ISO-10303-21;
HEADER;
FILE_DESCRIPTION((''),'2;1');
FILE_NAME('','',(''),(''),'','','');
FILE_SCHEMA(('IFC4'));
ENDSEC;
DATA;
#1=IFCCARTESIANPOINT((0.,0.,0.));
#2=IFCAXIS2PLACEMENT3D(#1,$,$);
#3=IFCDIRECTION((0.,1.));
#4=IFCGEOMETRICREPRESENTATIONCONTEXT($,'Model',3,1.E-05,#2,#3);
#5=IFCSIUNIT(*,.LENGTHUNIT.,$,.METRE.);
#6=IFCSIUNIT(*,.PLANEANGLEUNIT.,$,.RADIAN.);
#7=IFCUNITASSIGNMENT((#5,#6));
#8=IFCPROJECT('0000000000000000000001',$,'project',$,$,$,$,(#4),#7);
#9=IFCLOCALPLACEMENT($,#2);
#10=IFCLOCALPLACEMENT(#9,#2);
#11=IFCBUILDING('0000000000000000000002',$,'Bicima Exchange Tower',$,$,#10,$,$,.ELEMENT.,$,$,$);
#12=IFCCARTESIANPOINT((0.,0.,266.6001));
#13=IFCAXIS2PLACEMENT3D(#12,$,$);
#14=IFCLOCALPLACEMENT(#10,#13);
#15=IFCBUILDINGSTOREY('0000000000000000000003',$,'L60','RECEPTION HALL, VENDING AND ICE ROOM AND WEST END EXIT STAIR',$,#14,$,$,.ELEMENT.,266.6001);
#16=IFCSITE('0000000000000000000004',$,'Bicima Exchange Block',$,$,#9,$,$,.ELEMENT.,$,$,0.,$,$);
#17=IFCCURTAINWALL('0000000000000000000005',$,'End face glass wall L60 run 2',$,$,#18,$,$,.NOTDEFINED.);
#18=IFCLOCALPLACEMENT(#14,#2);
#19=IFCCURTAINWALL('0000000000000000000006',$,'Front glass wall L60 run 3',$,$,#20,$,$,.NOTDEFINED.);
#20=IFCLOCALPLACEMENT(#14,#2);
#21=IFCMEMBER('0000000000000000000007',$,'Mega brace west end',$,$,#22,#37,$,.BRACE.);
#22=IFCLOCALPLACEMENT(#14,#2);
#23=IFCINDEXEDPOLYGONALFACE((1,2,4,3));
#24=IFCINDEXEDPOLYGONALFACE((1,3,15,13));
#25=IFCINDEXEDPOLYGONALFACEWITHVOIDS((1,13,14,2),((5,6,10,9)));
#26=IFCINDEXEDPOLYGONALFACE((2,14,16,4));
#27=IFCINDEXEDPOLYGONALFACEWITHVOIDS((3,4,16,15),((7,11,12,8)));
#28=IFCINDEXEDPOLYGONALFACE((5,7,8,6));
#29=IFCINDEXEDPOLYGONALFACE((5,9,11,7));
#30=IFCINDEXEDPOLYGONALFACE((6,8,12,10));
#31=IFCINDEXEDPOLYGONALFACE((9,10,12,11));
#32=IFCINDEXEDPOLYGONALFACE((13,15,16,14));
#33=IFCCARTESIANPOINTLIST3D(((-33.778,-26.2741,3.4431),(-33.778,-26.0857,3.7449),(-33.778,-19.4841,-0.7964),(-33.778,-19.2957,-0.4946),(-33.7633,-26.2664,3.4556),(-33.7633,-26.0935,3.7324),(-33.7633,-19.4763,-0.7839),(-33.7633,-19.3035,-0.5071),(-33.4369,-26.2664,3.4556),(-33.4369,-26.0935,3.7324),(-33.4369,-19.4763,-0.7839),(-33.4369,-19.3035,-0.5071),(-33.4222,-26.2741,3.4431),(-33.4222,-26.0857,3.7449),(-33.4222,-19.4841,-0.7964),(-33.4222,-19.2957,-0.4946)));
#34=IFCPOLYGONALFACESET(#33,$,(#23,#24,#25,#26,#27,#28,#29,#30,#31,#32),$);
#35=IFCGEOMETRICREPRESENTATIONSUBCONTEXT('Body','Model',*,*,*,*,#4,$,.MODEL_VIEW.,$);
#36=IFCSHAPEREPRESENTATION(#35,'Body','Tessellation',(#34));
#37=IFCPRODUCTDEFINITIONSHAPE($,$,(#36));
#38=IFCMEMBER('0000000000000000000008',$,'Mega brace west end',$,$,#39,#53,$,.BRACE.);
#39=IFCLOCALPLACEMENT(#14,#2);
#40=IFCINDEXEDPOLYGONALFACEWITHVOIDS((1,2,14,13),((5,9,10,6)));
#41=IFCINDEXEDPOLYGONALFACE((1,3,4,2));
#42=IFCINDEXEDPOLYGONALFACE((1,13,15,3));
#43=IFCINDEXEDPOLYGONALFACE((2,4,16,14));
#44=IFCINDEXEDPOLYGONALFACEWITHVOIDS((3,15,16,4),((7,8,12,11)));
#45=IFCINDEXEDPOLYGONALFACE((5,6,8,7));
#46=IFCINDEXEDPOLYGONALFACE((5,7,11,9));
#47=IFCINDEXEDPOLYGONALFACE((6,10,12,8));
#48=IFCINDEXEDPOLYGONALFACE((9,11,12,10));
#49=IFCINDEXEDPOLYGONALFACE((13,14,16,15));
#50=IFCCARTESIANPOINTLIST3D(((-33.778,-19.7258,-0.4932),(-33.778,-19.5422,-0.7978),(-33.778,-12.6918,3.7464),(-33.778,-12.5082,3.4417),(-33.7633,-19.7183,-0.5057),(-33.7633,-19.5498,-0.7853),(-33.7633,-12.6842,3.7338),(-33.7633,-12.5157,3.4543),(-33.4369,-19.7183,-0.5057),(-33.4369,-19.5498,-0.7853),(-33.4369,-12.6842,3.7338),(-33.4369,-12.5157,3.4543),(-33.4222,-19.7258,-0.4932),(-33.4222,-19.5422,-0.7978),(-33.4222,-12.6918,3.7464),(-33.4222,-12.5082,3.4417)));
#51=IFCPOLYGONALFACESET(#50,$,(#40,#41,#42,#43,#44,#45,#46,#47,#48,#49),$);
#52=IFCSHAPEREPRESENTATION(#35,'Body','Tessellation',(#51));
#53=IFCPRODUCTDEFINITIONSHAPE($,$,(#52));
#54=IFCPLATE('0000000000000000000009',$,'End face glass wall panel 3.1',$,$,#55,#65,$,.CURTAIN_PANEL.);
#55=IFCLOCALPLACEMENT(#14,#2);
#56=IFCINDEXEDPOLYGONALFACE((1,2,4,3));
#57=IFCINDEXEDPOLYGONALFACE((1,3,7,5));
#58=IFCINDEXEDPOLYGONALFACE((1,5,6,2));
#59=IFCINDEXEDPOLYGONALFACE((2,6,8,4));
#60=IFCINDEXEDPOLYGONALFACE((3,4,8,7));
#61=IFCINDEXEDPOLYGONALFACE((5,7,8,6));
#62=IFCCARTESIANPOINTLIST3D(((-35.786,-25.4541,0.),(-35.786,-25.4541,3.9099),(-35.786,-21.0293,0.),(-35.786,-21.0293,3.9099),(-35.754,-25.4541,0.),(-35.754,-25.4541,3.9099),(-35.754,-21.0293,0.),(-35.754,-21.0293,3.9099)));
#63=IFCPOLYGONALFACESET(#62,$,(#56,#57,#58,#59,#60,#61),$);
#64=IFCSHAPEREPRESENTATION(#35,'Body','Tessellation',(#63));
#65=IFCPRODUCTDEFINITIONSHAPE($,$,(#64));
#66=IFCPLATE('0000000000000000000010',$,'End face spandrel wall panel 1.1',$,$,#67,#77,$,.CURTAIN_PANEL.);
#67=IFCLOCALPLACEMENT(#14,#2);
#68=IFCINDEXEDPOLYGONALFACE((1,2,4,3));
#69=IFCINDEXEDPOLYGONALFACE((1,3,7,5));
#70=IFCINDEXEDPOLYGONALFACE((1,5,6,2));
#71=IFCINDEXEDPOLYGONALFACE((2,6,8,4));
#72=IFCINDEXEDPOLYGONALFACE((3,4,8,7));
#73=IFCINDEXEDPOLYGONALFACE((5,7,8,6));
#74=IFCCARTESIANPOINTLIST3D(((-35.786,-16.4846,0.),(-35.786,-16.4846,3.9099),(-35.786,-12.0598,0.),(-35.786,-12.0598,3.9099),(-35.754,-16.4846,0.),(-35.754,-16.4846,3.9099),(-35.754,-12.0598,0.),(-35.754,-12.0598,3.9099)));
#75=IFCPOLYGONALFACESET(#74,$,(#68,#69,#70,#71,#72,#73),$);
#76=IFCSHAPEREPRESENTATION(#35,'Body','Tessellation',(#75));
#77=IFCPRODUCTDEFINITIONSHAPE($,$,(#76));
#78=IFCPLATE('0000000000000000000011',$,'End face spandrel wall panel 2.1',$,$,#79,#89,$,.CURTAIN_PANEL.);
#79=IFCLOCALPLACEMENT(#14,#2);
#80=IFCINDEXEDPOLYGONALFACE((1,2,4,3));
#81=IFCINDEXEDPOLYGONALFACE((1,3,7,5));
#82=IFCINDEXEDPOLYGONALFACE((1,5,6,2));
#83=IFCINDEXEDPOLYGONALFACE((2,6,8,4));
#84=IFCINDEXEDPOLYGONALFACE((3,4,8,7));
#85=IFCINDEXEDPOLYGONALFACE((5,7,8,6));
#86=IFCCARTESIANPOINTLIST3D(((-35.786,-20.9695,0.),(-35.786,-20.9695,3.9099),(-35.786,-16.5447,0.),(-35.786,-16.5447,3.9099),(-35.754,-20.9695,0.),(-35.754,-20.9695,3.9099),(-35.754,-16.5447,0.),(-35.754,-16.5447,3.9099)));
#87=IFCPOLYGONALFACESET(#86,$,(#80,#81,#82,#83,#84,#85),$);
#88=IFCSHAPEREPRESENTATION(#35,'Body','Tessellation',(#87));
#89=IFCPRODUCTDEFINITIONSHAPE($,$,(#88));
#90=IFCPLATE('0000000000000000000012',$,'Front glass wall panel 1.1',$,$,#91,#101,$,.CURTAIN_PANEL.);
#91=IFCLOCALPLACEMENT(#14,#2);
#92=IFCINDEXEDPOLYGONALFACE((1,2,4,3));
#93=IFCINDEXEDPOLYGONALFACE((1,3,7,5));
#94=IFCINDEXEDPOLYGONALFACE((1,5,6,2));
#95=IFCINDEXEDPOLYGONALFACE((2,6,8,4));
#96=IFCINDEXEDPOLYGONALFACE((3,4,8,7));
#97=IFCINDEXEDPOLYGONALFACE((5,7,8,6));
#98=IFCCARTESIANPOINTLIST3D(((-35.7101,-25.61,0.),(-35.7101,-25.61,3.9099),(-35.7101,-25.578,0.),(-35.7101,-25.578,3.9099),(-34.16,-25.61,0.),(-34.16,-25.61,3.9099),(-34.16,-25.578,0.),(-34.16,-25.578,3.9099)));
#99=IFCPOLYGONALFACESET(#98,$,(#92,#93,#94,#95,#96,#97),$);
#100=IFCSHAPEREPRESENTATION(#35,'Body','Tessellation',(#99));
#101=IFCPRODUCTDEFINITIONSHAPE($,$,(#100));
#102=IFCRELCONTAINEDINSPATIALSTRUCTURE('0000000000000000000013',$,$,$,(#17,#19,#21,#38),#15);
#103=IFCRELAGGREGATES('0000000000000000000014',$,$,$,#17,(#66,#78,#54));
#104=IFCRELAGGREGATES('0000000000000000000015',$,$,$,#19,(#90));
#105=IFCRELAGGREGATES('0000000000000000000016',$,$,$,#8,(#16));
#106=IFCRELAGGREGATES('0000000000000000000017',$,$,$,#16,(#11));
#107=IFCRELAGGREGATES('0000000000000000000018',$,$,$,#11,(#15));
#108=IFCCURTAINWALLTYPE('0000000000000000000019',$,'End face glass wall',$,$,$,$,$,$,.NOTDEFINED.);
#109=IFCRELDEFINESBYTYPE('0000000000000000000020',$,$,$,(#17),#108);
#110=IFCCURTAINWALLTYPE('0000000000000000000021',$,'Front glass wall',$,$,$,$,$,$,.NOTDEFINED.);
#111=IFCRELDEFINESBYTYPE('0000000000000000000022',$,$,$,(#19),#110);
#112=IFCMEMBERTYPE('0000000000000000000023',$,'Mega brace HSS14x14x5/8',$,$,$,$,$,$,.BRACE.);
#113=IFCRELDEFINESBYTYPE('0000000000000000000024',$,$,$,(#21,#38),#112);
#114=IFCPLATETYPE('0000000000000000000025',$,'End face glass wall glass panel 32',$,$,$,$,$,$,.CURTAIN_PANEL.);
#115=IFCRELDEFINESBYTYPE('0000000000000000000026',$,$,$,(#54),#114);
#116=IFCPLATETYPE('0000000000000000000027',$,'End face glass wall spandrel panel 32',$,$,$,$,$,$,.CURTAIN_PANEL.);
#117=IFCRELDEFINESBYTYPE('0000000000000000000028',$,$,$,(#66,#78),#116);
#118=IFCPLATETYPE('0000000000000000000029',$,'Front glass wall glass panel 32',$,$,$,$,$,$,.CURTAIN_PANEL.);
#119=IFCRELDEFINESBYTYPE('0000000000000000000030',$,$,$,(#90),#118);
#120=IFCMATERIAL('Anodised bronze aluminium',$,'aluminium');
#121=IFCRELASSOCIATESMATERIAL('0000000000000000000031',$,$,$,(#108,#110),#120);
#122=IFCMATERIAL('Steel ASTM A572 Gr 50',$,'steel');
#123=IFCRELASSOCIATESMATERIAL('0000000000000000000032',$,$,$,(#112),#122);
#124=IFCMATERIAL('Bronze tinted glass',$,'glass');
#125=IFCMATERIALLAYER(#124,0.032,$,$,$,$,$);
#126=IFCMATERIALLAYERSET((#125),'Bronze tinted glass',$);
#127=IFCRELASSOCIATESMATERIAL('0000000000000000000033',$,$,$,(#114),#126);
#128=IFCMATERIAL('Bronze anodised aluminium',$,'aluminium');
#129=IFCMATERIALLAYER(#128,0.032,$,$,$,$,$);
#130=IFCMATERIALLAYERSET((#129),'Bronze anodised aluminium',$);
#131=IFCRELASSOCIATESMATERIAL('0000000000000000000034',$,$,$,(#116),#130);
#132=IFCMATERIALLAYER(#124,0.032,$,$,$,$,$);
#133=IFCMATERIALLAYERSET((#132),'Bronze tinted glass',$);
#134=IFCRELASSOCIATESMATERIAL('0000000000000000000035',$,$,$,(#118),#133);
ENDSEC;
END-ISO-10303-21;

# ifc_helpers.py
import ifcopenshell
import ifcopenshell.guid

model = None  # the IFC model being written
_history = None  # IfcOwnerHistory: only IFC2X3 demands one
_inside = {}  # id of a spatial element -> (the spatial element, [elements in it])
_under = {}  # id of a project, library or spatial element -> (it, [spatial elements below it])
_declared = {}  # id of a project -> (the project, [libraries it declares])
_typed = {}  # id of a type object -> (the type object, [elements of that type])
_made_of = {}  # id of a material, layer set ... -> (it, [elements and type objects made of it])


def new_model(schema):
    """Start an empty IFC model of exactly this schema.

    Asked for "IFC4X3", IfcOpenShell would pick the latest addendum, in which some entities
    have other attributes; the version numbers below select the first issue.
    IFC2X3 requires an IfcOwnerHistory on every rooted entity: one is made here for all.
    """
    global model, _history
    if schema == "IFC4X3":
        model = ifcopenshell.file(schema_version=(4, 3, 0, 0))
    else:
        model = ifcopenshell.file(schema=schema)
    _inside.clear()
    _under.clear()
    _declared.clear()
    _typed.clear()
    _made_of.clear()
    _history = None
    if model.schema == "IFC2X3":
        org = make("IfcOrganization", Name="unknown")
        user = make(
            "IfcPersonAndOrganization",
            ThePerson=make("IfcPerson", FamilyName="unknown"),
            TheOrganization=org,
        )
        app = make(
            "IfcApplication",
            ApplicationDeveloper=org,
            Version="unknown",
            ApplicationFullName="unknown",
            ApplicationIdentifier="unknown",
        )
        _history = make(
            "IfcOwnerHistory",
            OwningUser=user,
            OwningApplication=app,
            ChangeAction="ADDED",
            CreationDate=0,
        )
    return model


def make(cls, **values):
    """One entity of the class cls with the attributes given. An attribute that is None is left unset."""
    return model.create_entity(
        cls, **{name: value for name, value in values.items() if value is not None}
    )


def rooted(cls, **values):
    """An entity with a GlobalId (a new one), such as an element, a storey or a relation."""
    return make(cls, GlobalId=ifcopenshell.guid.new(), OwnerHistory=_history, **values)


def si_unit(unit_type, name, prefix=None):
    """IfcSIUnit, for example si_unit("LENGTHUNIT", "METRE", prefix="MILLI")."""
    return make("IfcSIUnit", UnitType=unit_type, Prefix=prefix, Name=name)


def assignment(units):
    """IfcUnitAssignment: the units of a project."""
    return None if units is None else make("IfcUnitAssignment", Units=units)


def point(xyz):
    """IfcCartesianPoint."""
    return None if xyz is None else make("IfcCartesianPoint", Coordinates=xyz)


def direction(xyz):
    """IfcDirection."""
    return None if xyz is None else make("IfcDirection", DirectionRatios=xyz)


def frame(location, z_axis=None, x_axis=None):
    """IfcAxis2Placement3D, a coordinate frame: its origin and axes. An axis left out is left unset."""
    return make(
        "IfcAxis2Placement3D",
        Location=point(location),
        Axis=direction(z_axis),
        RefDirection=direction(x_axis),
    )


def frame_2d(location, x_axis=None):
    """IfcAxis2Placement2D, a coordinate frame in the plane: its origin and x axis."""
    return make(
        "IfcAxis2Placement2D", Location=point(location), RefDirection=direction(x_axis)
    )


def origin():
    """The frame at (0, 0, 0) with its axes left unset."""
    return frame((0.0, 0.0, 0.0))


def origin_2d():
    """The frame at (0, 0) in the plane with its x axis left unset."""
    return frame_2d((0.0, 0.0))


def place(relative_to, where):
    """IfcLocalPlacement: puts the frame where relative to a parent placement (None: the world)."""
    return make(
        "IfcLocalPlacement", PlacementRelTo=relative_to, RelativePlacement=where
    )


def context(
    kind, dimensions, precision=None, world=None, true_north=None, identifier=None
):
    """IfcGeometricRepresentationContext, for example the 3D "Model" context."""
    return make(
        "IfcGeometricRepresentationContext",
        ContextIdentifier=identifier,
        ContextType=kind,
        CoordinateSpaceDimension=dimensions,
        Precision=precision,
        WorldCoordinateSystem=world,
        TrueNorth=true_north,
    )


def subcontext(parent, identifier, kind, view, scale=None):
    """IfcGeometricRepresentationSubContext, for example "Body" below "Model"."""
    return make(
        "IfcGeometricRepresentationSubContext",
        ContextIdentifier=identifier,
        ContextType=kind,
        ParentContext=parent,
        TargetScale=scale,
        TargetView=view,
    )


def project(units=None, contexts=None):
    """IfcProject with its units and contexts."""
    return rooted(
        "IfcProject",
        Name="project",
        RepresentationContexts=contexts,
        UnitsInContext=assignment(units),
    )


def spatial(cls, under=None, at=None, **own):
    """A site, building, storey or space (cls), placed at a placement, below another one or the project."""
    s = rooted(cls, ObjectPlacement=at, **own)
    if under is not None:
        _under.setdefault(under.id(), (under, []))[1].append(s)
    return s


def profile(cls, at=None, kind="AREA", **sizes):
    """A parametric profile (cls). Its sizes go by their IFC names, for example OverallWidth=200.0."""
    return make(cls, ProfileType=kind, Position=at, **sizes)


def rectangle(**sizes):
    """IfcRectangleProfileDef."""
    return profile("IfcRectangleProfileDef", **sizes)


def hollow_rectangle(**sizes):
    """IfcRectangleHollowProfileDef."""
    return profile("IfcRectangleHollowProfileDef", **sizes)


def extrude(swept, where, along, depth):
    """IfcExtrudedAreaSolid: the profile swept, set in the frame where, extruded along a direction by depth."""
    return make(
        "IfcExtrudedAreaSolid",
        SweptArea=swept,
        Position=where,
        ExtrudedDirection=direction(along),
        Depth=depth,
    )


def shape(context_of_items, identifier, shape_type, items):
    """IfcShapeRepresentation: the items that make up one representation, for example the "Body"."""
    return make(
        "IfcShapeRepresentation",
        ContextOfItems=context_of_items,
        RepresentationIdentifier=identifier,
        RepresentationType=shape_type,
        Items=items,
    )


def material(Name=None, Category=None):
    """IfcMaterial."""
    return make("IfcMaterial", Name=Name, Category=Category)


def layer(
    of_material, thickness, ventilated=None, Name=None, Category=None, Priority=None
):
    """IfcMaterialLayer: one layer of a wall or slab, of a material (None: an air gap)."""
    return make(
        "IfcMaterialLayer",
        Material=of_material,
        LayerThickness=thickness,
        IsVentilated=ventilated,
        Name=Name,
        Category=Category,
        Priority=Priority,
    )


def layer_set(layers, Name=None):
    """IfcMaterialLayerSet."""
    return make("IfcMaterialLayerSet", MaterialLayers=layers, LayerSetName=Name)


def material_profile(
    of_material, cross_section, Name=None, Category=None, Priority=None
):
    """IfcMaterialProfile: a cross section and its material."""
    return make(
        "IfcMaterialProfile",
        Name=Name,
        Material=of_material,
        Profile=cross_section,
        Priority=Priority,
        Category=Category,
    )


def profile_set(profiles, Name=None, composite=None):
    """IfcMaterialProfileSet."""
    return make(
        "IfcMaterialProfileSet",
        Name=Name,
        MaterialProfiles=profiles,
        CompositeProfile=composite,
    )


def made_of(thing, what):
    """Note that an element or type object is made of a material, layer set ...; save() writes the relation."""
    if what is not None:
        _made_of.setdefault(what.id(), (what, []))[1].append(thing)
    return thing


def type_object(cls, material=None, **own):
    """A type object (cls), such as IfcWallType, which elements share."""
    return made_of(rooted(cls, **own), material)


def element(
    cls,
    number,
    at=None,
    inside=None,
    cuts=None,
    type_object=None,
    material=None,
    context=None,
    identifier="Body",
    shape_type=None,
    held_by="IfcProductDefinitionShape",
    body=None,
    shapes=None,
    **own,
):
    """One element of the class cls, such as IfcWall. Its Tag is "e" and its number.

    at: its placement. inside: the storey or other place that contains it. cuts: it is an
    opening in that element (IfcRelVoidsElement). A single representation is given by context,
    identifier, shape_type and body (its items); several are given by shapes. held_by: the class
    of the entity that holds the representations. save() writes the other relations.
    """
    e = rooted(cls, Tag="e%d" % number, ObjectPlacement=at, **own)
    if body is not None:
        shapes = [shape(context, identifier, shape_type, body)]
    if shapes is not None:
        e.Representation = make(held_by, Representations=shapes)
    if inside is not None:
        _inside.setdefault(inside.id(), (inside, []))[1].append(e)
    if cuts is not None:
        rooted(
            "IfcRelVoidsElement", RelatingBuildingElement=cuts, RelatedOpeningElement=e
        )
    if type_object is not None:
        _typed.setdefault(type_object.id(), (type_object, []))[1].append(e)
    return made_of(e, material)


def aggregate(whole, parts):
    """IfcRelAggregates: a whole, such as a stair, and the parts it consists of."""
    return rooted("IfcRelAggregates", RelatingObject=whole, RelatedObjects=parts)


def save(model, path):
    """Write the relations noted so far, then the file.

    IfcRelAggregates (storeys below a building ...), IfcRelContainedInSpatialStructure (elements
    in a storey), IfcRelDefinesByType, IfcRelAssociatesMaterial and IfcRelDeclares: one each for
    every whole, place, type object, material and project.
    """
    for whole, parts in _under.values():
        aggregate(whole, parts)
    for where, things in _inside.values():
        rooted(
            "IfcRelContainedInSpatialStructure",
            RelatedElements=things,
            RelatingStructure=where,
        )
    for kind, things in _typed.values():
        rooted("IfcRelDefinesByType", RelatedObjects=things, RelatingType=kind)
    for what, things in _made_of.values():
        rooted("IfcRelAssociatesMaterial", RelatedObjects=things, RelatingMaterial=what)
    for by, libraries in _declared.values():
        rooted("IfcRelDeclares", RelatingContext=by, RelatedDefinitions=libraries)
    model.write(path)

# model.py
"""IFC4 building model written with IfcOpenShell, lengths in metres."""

from ifc_helpers import new_model, si_unit, direction, frame, origin, origin_2d, place, context, subcontext, project, spatial, rectangle, hollow_rectangle, extrude, material, layer, layer_set, material_profile, profile_set, type_object, element, aggregate, save


model = new_model("IFC4")

# Units and contexts
model_context = context("Model", 3, precision=1e-05, world=origin(), true_north=direction((0.0, 1.0)))
body_context = subcontext(model_context, "Body", "Model", "MODEL_VIEW")
ifc_project = project(units=[si_unit("LENGTHUNIT", "METRE"), si_unit("PLANEANGLEUNIT", "RADIAN")], contexts=[model_context])

# Site, building, storey
site_placement = place(None, origin())
site = spatial("IfcSite", under=ifc_project, at=site_placement, Name="Bicima Exchange Block", CompositionType="ELEMENT", RefElevation=0.0)
building_placement = place(site_placement, origin())
building = spatial("IfcBuilding", under=site, at=building_placement, Name="Bicima Exchange Tower", CompositionType="ELEMENT")
storey_placement = place(building_placement, frame((0.0, 0.0, 266.6001)))
storey = spatial("IfcBuildingStorey", under=building, at=storey_placement, Name="L60", Description="RECEPTION HALL, VENDING AND ICE ROOM AND WEST END EXIT STAIR", CompositionType="ELEMENT", Elevation=266.6001)

# Shared definitions
ifc_material_1 = material(Name="Steel ASTM A572 Gr 50", Category="steel")

# Curtain wall
ifc_material_2 = material(Name="Anodised bronze aluminium", Category="aluminium")
curtain_wall_type_1 = type_object("IfcCurtainWallType", Name="End face glass wall", PredefinedType="NOTDEFINED", material=ifc_material_2)
curtain_wall_1_placement = place(storey_placement, origin())
curtain_wall_1 = element("IfcCurtainWall", 1, at=curtain_wall_1_placement, inside=storey, type_object=curtain_wall_type_1, Name="End face glass wall L60 run 2", PredefinedType="NOTDEFINED")

# Curtain wall
curtain_wall_type_2 = type_object("IfcCurtainWallType", Name="Front glass wall", PredefinedType="NOTDEFINED", material=ifc_material_2)
curtain_wall_2_placement = place(storey_placement, origin())
curtain_wall_2 = element("IfcCurtainWall", 2, at=curtain_wall_2_placement, inside=storey, type_object=curtain_wall_type_2, Name="Front glass wall L60 run 3", PredefinedType="NOTDEFINED")

# Members
ifc_material_profile_1 = material_profile(ifc_material_1, hollow_rectangle(XDim=0.3557, YDim=0.3557, WallThickness=0.0146, at=origin_2d()))
ifc_profile_set_1 = profile_set([ifc_material_profile_1], Name="Steel ASTM A572 Gr 50")
member_type_1 = type_object("IfcMemberType", Name="Mega brace HSS14x14x5/8", PredefinedType="BRACE", material=ifc_profile_set_1)
member_1_placement = place(storey_placement, frame((-33.6001, -19.3899, -0.6455), z_axis=(0.0, -0.848238, 0.529615), x_axis=(1.0, 0.0, 0.0)))
element("IfcMember", 3, at=member_1_placement, inside=storey, type_object=member_type_1, Name="Mega brace west end", PredefinedType="BRACE", context=body_context, shape_type="SweptSolid", body=[
    extrude(hollow_rectangle(XDim=0.3557, YDim=0.3557, WallThickness=0.0146, at=origin_2d()), origin(), (0.0, 0.0, 1.0), 8.0049),
])
member_2_placement = place(storey_placement, frame((-33.6001, -19.634, -0.6455), z_axis=(0.0, 0.856463, 0.516208), x_axis=(-1.0, 0.0, 0.0)))
element("IfcMember", 4, at=member_2_placement, inside=storey, type_object=member_type_1, Name="Mega brace west end", PredefinedType="BRACE", context=body_context, shape_type="SweptSolid", body=[
    extrude(hollow_rectangle(XDim=0.3557, YDim=0.3557, WallThickness=0.0146, at=origin_2d()), origin(), (0.0, 0.0, 1.0), 8.2129),
])

# Plates
ifc_material_3 = material(Name="Bronze tinted glass", Category="glass")
ifc_layer_1 = layer(ifc_material_3, 0.032)
ifc_layer_set_1 = layer_set([ifc_layer_1], Name="Bronze tinted glass")
plate_type_1 = type_object("IfcPlateType", Name="End face glass wall glass panel 32", PredefinedType="CURTAIN_PANEL", material=ifc_layer_set_1)
plate_1_placement = place(storey_placement, frame((-35.77, -23.2417, 0.0), z_axis=(0.0, 0.0, 1.0), x_axis=(0.0, -1.0, 0.0)))
plate_1 = element("IfcPlate", 5, at=plate_1_placement, type_object=plate_type_1, Name="End face glass wall panel 3.1", PredefinedType="CURTAIN_PANEL", context=body_context, shape_type="SweptSolid", body=[
    extrude(rectangle(XDim=4.4248, YDim=0.032, at=origin_2d()), origin(), (0.0, 0.0, 1.0), 3.9099),
])
ifc_material_4 = material(Name="Bronze anodised aluminium", Category="aluminium")
ifc_layer_2 = layer(ifc_material_4, 0.032)
ifc_layer_set_2 = layer_set([ifc_layer_2], Name="Bronze anodised aluminium")
plate_type_2 = type_object("IfcPlateType", Name="End face glass wall spandrel panel 32", PredefinedType="CURTAIN_PANEL", material=ifc_layer_set_2)
plate_2_placement = place(storey_placement, frame((-35.77, -14.2722, 0.0), z_axis=(0.0, 0.0, 1.0), x_axis=(0.0, -1.0, 0.0)))
plate_2 = element("IfcPlate", 6, at=plate_2_placement, type_object=plate_type_2, Name="End face spandrel wall panel 1.1", PredefinedType="CURTAIN_PANEL", context=body_context, shape_type="SweptSolid", body=[
    extrude(rectangle(XDim=4.4248, YDim=0.032, at=origin_2d()), origin(), (0.0, 0.0, 1.0), 3.9099),
])
plate_3_placement = place(storey_placement, frame((-35.77, -18.7571, 0.0), z_axis=(0.0, 0.0, 1.0), x_axis=(0.0, -1.0, 0.0)))
plate_3 = element("IfcPlate", 7, at=plate_3_placement, type_object=plate_type_2, Name="End face spandrel wall panel 2.1", PredefinedType="CURTAIN_PANEL", context=body_context, shape_type="SweptSolid", body=[
    extrude(rectangle(XDim=4.4248, YDim=0.032, at=origin_2d()), origin(), (0.0, 0.0, 1.0), 3.9099),
])
aggregate(curtain_wall_1, [plate_2, plate_3, plate_1])
ifc_layer_3 = layer(ifc_material_3, 0.032)
ifc_layer_set_3 = layer_set([ifc_layer_3], Name="Bronze tinted glass")
plate_type_3 = type_object("IfcPlateType", Name="Front glass wall glass panel 32", PredefinedType="CURTAIN_PANEL", material=ifc_layer_set_3)
plate_4_placement = place(storey_placement, frame((-34.9351, -25.594, 0.0), z_axis=(0.0, 0.0, 1.0), x_axis=(1.0, 0.0, 0.0)))
plate_4 = element("IfcPlate", 8, at=plate_4_placement, type_object=plate_type_3, Name="Front glass wall panel 1.1", PredefinedType="CURTAIN_PANEL", context=body_context, shape_type="SweptSolid", body=[
    extrude(rectangle(XDim=1.55, YDim=0.032, at=origin_2d()), origin(), (0.0, 0.0, 1.0), 3.9099),
])
aggregate(curtain_wall_2, [plate_4])

save(model, "model.ifc")
